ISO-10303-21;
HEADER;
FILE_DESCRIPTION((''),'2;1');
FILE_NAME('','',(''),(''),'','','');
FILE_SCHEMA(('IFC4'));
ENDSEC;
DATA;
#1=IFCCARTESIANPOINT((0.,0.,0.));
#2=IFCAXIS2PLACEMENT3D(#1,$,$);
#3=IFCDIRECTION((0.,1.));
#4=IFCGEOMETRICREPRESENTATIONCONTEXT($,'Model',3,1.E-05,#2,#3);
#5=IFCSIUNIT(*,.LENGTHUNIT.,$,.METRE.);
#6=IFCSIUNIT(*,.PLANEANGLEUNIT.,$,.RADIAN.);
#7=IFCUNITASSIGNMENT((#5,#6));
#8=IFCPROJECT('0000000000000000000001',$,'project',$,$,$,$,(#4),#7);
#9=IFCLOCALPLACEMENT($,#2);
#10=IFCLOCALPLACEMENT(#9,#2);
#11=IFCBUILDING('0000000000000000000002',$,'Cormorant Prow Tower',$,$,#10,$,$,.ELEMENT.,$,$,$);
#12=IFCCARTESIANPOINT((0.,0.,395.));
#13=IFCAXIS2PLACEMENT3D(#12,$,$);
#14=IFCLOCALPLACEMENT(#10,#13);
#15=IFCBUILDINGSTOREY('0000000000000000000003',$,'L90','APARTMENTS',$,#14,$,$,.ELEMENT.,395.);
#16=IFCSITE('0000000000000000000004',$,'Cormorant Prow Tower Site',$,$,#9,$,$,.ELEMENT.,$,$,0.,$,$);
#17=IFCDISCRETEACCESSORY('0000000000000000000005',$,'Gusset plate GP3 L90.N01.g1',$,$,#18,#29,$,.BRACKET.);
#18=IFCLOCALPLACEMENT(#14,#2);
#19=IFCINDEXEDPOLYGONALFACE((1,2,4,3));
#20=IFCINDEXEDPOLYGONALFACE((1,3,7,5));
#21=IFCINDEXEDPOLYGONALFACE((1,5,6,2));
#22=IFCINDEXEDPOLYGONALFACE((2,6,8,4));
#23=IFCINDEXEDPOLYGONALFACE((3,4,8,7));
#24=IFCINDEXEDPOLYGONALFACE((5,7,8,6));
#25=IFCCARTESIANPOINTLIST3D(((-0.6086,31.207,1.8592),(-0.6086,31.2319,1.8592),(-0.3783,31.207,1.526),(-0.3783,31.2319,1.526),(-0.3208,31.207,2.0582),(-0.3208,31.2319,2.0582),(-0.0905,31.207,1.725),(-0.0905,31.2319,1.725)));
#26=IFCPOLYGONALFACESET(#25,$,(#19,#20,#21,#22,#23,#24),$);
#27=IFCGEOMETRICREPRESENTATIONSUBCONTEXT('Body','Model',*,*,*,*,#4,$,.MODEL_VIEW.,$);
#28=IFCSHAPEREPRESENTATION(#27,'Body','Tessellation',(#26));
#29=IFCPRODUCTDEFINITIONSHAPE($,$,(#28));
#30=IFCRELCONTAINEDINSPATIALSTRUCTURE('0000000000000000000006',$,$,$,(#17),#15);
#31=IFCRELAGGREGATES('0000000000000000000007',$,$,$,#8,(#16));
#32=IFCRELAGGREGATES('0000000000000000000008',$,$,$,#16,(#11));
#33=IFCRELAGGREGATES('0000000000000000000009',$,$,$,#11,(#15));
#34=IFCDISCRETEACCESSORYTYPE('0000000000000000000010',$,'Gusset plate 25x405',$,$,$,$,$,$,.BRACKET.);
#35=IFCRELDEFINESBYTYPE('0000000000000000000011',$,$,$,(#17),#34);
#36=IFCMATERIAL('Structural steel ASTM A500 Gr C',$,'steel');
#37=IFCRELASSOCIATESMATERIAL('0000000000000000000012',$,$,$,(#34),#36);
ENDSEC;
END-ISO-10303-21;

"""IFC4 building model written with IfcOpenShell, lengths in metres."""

from ifc_helpers import new_model, si_unit, direction, frame, origin, origin_2d, place, context, subcontext, project, spatial, rectangle, extrude, material, material_profile, profile_set, type_object, element, save


model = new_model("IFC4")

# Units and contexts
model_context = context("Model", 3, precision=1e-05, world=origin(), true_north=direction((0.0, 1.0)))
body_context = subcontext(model_context, "Body", "Model", "MODEL_VIEW")
ifc_project = project(units=[si_unit("LENGTHUNIT", "METRE"), si_unit("PLANEANGLEUNIT", "RADIAN")], contexts=[model_context])

# Site, building, storey
site_placement = place(None, origin())
site = spatial("IfcSite", under=ifc_project, at=site_placement, Name="Cormorant Prow Tower Site", CompositionType="ELEMENT", RefElevation=0.0)
building_placement = place(site_placement, origin())
building = spatial("IfcBuilding", under=site, at=building_placement, Name="Cormorant Prow Tower", CompositionType="ELEMENT")
storey_placement = place(building_placement, frame((0.0, 0.0, 395.0)))
storey = spatial("IfcBuildingStorey", under=building, at=storey_placement, Name="L90", Description="APARTMENTS", CompositionType="ELEMENT", Elevation=395.0)

# Discrete accessory
ifc_material_1 = material(Name="Structural steel ASTM A500 Gr C", Category="steel")
ifc_material_profile_1 = material_profile(ifc_material_1, rectangle(XDim=0.0249, YDim=0.405, at=origin_2d()), Name="Gusset plate 25x405")
ifc_profile_set_1 = profile_set([ifc_material_profile_1], Name="Structural steel ASTM A500 Gr C")
discrete_accessory_type = type_object("IfcDiscreteAccessoryType", Name="Gusset plate 25x405", PredefinedType="BRACKET", material=ifc_profile_set_1)
for number, where, z_axis, x_axis, name in (
    (1, (-0.4934, 31.2195, 1.6926), (0.822594, 0.0, 0.568629), (0.0, 1.0, 0.0), "Gusset plate GP3 L90.N01.g1"),
):
    element("IfcDiscreteAccessory", number, at=place(storey_placement, frame(where, z_axis=z_axis, x_axis=x_axis)), inside=storey, type_object=discrete_accessory_type, Name=name, PredefinedType="BRACKET", context=body_context, shape_type="SweptSolid", body=[
        extrude(rectangle(XDim=0.0249, YDim=0.405, at=origin_2d()), origin(), (0.0, 0.0, 1.0), 0.3499),
    ])

save(model, "model.ifc")
